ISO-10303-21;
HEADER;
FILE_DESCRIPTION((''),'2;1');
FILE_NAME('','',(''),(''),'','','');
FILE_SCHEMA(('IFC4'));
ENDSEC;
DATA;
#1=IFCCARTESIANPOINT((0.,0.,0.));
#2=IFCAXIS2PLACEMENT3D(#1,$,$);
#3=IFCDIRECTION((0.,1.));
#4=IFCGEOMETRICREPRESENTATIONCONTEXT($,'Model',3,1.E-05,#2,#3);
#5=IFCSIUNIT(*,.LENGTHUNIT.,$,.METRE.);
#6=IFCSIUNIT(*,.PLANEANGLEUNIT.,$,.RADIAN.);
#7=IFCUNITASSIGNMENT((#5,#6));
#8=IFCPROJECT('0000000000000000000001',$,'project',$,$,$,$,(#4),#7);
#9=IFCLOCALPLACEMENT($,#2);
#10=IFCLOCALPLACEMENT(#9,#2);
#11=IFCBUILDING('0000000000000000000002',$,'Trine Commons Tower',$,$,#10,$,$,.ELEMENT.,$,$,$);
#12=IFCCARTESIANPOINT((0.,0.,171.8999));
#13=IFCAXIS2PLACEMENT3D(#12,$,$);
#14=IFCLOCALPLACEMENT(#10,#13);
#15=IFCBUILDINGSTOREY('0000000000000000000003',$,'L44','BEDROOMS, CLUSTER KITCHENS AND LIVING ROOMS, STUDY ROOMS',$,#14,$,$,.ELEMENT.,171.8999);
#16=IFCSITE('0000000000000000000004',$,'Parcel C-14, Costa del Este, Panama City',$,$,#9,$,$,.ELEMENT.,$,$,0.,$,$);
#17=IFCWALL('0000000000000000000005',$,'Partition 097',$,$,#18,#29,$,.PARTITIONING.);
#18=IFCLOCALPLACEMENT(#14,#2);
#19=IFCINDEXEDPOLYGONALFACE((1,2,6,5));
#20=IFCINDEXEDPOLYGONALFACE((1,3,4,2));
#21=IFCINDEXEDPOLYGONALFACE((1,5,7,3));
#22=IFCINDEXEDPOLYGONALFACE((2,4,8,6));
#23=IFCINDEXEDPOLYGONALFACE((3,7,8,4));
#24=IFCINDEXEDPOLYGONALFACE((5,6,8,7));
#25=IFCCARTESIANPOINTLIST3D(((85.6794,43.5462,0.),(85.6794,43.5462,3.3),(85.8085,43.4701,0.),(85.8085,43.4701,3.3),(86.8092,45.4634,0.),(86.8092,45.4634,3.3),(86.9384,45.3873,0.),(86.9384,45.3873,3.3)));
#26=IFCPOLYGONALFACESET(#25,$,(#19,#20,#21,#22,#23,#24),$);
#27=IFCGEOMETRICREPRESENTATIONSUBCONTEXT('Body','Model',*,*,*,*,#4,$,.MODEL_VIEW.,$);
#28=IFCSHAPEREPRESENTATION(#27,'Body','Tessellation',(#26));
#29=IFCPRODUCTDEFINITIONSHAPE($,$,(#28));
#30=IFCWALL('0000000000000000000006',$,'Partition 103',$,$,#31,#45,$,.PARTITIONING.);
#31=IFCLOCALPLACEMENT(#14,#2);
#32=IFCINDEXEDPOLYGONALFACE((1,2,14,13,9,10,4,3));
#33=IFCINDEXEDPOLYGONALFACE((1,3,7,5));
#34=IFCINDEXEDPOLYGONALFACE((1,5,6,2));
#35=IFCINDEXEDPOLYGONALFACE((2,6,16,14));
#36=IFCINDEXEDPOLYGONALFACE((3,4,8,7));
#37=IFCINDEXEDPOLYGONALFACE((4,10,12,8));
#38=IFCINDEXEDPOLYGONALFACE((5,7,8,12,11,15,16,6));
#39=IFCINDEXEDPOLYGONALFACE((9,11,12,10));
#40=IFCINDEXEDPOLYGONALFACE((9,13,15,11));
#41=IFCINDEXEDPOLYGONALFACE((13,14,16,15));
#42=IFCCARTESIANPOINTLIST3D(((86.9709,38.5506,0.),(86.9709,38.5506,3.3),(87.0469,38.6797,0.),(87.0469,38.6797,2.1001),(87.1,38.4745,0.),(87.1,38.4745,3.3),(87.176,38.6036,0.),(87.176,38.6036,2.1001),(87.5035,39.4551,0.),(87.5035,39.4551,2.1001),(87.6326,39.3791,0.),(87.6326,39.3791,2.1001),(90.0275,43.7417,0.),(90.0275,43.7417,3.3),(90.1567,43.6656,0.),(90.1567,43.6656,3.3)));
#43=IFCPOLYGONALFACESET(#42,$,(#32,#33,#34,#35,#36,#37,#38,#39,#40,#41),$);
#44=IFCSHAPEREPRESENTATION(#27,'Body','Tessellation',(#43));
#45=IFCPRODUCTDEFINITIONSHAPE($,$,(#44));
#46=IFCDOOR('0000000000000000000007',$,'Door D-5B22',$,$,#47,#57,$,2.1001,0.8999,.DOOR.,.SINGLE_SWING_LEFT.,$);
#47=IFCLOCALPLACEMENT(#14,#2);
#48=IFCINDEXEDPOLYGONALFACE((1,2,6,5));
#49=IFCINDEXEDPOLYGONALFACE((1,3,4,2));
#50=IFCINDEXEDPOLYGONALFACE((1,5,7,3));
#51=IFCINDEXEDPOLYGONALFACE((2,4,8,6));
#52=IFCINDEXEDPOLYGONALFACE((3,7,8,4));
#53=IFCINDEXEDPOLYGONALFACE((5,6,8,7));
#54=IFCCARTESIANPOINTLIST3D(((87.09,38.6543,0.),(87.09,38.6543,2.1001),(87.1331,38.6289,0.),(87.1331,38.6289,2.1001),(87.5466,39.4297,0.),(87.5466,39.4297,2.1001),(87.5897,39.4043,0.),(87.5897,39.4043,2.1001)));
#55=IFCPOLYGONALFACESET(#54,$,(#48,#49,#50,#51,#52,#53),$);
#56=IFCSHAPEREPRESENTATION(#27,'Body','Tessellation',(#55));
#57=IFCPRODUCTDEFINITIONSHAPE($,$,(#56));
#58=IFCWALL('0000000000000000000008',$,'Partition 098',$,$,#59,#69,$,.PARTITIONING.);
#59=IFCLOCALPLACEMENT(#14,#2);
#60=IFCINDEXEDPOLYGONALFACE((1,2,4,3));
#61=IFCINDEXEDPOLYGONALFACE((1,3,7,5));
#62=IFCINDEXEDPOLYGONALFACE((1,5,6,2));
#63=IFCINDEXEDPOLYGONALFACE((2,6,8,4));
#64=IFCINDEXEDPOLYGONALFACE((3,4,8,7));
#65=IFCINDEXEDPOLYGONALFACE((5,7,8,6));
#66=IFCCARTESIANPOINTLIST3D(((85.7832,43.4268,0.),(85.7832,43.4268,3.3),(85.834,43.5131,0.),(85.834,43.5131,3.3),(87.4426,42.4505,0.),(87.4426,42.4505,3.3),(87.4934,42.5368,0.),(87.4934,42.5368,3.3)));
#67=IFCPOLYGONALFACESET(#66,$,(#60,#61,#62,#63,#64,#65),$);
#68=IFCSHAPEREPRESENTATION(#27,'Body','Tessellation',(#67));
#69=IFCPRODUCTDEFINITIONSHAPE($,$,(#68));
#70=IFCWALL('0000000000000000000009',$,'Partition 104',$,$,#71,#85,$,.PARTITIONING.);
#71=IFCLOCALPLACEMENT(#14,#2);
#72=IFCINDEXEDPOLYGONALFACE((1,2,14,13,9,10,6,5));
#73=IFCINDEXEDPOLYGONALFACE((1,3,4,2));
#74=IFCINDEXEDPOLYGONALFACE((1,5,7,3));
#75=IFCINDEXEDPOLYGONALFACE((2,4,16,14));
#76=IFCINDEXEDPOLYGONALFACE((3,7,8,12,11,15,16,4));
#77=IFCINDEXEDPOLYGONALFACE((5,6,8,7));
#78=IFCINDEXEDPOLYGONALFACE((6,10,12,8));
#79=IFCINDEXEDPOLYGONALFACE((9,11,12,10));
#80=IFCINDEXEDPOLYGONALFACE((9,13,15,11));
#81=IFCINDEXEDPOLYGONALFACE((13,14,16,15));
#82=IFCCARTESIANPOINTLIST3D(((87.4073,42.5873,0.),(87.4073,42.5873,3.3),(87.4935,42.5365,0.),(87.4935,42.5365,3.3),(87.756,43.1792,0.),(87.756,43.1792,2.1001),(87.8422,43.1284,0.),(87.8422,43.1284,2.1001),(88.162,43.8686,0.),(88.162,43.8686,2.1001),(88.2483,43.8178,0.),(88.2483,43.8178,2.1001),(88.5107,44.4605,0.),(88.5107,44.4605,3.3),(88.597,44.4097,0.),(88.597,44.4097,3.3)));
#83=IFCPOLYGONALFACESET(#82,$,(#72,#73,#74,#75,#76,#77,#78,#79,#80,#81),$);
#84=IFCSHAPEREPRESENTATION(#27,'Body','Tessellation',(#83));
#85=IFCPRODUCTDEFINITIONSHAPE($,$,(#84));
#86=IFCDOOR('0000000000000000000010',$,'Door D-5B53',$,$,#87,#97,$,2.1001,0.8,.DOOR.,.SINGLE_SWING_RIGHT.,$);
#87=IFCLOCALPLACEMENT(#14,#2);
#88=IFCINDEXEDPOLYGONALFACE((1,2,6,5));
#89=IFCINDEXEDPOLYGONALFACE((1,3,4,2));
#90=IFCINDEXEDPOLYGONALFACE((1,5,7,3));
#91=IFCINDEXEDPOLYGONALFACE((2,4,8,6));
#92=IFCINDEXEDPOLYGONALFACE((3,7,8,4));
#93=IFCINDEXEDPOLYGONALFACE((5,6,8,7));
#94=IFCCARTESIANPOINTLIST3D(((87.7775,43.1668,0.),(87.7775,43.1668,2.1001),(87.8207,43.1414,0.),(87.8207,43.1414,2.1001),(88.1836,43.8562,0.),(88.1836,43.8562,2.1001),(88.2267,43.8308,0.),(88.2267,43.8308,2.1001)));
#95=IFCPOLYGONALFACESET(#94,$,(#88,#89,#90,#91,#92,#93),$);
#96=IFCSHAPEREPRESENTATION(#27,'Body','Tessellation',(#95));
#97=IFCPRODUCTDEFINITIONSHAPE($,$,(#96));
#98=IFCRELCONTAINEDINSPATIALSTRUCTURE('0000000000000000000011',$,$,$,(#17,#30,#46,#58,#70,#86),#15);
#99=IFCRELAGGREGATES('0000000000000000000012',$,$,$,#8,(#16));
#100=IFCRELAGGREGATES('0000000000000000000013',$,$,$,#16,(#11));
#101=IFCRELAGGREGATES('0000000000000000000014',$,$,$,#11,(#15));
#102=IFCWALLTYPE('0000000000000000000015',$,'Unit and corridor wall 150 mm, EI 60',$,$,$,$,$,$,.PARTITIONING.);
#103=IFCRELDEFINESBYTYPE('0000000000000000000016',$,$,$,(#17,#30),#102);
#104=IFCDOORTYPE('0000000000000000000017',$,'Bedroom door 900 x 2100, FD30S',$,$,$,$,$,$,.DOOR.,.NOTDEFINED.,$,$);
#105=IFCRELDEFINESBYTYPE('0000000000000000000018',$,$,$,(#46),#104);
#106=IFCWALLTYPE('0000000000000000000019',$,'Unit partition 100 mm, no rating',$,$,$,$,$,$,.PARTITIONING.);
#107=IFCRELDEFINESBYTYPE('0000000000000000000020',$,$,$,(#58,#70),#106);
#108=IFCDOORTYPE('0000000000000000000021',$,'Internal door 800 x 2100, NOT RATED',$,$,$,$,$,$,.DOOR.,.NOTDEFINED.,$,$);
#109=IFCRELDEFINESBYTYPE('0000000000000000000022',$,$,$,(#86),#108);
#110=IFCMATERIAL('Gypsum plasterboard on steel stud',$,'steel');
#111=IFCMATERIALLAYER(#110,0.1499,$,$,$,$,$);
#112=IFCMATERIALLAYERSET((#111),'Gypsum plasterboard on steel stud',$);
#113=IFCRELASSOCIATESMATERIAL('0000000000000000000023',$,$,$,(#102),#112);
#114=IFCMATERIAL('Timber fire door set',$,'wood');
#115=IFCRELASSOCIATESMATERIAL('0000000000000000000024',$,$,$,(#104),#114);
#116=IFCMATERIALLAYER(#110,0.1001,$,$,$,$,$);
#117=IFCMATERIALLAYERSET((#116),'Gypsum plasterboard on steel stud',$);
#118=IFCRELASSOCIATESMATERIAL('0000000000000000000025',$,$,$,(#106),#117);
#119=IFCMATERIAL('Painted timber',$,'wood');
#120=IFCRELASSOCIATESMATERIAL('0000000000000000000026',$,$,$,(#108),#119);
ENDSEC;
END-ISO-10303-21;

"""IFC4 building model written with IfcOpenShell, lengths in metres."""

from ifc_helpers import new_model, si_unit, direction, frame, frame_2d, origin, place, context, subcontext, project, spatial, rectangle, extrude, material, layer, layer_set, type_object, element, fill, save


model = new_model("IFC4")

# Units and contexts
model_context = context("Model", 3, precision=1e-05, world=origin(), true_north=direction((0.0, 1.0)))
body_context = subcontext(model_context, "Body", "Model", "MODEL_VIEW")
ifc_project = project(units=[si_unit("LENGTHUNIT", "METRE"), si_unit("PLANEANGLEUNIT", "RADIAN")], contexts=[model_context])

# Site, building, storey
site_placement = place(None, origin())
site = spatial("IfcSite", under=ifc_project, at=site_placement, Name="Parcel C-14, Costa del Este, Panama City", CompositionType="ELEMENT", RefElevation=0.0)
building_placement = place(site_placement, origin())
building = spatial("IfcBuilding", under=site, at=building_placement, Name="Trine Commons Tower", CompositionType="ELEMENT")
storey_placement = place(building_placement, frame((0.0, 0.0, 171.8999)))
storey = spatial("IfcBuildingStorey", under=building, at=storey_placement, Name="L44", Description="BEDROOMS, CLUSTER KITCHENS AND LIVING ROOMS, STUDY ROOMS", CompositionType="ELEMENT", Elevation=171.8999)

# Wall
ifc_material_1 = material(Name="Gypsum plasterboard on steel stud", Category="steel")
ifc_layer_1 = layer(ifc_material_1, 0.1499)
ifc_layer_set_1 = layer_set([ifc_layer_1], Name="Gypsum plasterboard on steel stud")
wall_type_1 = type_object("IfcWallType", Name="Unit and corridor wall 150 mm, EI 60", PredefinedType="PARTITIONING", material=ifc_layer_set_1)
wall_1_placement = place(storey_placement, frame((85.7439, 43.5081, 0.0), z_axis=(0.0, 0.0, 1.0), x_axis=(0.50772, 0.861522, 0.0)))
element("IfcWall", 1, at=wall_1_placement, inside=storey, type_object=wall_type_1, Name="Partition 097", PredefinedType="PARTITIONING", context=body_context, shape_type="SweptSolid", body=[
    extrude(rectangle(XDim=2.2253, YDim=0.1499, at=frame_2d((1.1128, 0.0))), origin(), (0.0, 0.0, 1.0), 3.3),
])

# Wall, opening, door
wall_2_placement = place(storey_placement, frame((87.0354, 38.5125, 0.0), z_axis=(0.0, 0.0, 1.0), x_axis=(0.507392, 0.861715, 0.0)))
wall_2 = element("IfcWall", 2, at=wall_2_placement, inside=storey, type_object=wall_type_1, Name="Partition 103", PredefinedType="PARTITIONING", context=body_context, shape_type="SweptSolid", body=[
    extrude(rectangle(XDim=6.0242, YDim=0.1499, at=frame_2d((3.0122, 0.0))), origin(), (0.0, 0.0, 1.0), 3.3),
])
opening_1_placement = place(wall_2_placement, frame((0.1499, 0.0, 0.0)))
opening_1 = element("IfcOpeningElement", 3, at=opening_1_placement, cuts=wall_2, PredefinedType="OPENING", context=body_context, shape_type="SweptSolid", body=[
    extrude(rectangle(XDim=0.8999, YDim=2.1001, at=frame_2d((0.45, 1.05))), frame((0.0, 0.085, 0.0), z_axis=(0.0, -1.0, 0.0), x_axis=(1.0, 0.0, 0.0)), (0.0, 0.0, 1.0), 0.1699),
])
ifc_material_2 = material(Name="Timber fire door set", Category="wood")
door_type_1 = type_object("IfcDoorType", Name="Bedroom door 900 x 2100, FD30S", OperationType="NOTDEFINED", PredefinedType="DOOR", material=ifc_material_2)
door_1_placement = place(opening_1_placement, origin())
door_1 = element("IfcDoor", 4, at=door_1_placement, inside=storey, type_object=door_type_1, Name="Door D-5B22", OperationType="SINGLE_SWING_LEFT", OverallHeight=2.1001, OverallWidth=0.8999, PredefinedType="DOOR", context=body_context, shape_type="SweptSolid", body=[
    extrude(rectangle(XDim=0.8999, YDim=2.1001, at=frame_2d((0.45, 1.05))), frame((0.0, 0.0249, 0.0), z_axis=(0.0, -1.0, 0.0), x_axis=(1.0, 0.0, 0.0)), (0.0, 0.0, 1.0), 0.05),
])
fill(opening_1, door_1)

# Wall
ifc_layer_2 = layer(ifc_material_1, 0.1001)
ifc_layer_set_2 = layer_set([ifc_layer_2], Name="Gypsum plasterboard on steel stud")
wall_type_2 = type_object("IfcWallType", Name="Unit partition 100 mm, no rating", PredefinedType="PARTITIONING", material=ifc_layer_set_2)
wall_3_placement = place(storey_placement, frame((85.8086, 43.47, 0.0), z_axis=(0.0, 0.0, 1.0), x_axis=(0.861892, -0.507092, 0.0)))
element("IfcWall", 5, at=wall_3_placement, inside=storey, type_object=wall_type_2, Name="Partition 098", PredefinedType="PARTITIONING", context=body_context, shape_type="SweptSolid", body=[
    extrude(rectangle(XDim=1.9253, YDim=0.1001, at=frame_2d((0.9626, 0.0))), origin(), (0.0, 0.0, 1.0), 3.3),
])

# Wall, opening, door
wall_4_placement = place(storey_placement, frame((87.4504, 42.562, 0.0), z_axis=(0.0, 0.0, 1.0), x_axis=(0.50756, 0.861617, 0.0)))
wall_4 = element("IfcWall", 6, at=wall_4_placement, inside=storey, type_object=wall_type_2, Name="Partition 104", PredefinedType="PARTITIONING", context=body_context, shape_type="SweptSolid", body=[
    extrude(rectangle(XDim=2.1741, YDim=0.1001, at=frame_2d((1.0869, 0.0))), origin(), (0.0, 0.0, 1.0), 3.3),
])
opening_2_placement = place(wall_4_placement, frame((0.687, 0.0, 0.0)))
opening_2 = element("IfcOpeningElement", 7, at=opening_2_placement, cuts=wall_4, PredefinedType="OPENING", context=body_context, shape_type="SweptSolid", body=[
    extrude(rectangle(XDim=0.8, YDim=2.1001, at=frame_2d((0.3999, 1.05))), frame((0.0, 0.0601, 0.0), z_axis=(0.0, -1.0, 0.0), x_axis=(1.0, 0.0, 0.0)), (0.0, 0.0, 1.0), 0.1201),
])
ifc_material_3 = material(Name="Painted timber", Category="wood")
door_type_2 = type_object("IfcDoorType", Name="Internal door 800 x 2100, NOT RATED", OperationType="NOTDEFINED", PredefinedType="DOOR", material=ifc_material_3)
door_2_placement = place(opening_2_placement, frame((0.8, 0.0, 0.0), z_axis=(0.0, 0.0, 1.0), x_axis=(-1.0, 0.0, 0.0)))
door_2 = element("IfcDoor", 8, at=door_2_placement, inside=storey, type_object=door_type_2, Name="Door D-5B53", OperationType="SINGLE_SWING_RIGHT", OverallHeight=2.1001, OverallWidth=0.8, PredefinedType="DOOR", context=body_context, shape_type="SweptSolid", body=[
    extrude(rectangle(XDim=0.8, YDim=2.1001, at=frame_2d((0.3999, 1.05))), frame((0.0, 0.0249, 0.0), z_axis=(0.0, -1.0, 0.0), x_axis=(1.0, 0.0, 0.0)), (0.0, 0.0, 1.0), 0.05),
])
fill(opening_2, door_2)

save(model, "model.ifc")
